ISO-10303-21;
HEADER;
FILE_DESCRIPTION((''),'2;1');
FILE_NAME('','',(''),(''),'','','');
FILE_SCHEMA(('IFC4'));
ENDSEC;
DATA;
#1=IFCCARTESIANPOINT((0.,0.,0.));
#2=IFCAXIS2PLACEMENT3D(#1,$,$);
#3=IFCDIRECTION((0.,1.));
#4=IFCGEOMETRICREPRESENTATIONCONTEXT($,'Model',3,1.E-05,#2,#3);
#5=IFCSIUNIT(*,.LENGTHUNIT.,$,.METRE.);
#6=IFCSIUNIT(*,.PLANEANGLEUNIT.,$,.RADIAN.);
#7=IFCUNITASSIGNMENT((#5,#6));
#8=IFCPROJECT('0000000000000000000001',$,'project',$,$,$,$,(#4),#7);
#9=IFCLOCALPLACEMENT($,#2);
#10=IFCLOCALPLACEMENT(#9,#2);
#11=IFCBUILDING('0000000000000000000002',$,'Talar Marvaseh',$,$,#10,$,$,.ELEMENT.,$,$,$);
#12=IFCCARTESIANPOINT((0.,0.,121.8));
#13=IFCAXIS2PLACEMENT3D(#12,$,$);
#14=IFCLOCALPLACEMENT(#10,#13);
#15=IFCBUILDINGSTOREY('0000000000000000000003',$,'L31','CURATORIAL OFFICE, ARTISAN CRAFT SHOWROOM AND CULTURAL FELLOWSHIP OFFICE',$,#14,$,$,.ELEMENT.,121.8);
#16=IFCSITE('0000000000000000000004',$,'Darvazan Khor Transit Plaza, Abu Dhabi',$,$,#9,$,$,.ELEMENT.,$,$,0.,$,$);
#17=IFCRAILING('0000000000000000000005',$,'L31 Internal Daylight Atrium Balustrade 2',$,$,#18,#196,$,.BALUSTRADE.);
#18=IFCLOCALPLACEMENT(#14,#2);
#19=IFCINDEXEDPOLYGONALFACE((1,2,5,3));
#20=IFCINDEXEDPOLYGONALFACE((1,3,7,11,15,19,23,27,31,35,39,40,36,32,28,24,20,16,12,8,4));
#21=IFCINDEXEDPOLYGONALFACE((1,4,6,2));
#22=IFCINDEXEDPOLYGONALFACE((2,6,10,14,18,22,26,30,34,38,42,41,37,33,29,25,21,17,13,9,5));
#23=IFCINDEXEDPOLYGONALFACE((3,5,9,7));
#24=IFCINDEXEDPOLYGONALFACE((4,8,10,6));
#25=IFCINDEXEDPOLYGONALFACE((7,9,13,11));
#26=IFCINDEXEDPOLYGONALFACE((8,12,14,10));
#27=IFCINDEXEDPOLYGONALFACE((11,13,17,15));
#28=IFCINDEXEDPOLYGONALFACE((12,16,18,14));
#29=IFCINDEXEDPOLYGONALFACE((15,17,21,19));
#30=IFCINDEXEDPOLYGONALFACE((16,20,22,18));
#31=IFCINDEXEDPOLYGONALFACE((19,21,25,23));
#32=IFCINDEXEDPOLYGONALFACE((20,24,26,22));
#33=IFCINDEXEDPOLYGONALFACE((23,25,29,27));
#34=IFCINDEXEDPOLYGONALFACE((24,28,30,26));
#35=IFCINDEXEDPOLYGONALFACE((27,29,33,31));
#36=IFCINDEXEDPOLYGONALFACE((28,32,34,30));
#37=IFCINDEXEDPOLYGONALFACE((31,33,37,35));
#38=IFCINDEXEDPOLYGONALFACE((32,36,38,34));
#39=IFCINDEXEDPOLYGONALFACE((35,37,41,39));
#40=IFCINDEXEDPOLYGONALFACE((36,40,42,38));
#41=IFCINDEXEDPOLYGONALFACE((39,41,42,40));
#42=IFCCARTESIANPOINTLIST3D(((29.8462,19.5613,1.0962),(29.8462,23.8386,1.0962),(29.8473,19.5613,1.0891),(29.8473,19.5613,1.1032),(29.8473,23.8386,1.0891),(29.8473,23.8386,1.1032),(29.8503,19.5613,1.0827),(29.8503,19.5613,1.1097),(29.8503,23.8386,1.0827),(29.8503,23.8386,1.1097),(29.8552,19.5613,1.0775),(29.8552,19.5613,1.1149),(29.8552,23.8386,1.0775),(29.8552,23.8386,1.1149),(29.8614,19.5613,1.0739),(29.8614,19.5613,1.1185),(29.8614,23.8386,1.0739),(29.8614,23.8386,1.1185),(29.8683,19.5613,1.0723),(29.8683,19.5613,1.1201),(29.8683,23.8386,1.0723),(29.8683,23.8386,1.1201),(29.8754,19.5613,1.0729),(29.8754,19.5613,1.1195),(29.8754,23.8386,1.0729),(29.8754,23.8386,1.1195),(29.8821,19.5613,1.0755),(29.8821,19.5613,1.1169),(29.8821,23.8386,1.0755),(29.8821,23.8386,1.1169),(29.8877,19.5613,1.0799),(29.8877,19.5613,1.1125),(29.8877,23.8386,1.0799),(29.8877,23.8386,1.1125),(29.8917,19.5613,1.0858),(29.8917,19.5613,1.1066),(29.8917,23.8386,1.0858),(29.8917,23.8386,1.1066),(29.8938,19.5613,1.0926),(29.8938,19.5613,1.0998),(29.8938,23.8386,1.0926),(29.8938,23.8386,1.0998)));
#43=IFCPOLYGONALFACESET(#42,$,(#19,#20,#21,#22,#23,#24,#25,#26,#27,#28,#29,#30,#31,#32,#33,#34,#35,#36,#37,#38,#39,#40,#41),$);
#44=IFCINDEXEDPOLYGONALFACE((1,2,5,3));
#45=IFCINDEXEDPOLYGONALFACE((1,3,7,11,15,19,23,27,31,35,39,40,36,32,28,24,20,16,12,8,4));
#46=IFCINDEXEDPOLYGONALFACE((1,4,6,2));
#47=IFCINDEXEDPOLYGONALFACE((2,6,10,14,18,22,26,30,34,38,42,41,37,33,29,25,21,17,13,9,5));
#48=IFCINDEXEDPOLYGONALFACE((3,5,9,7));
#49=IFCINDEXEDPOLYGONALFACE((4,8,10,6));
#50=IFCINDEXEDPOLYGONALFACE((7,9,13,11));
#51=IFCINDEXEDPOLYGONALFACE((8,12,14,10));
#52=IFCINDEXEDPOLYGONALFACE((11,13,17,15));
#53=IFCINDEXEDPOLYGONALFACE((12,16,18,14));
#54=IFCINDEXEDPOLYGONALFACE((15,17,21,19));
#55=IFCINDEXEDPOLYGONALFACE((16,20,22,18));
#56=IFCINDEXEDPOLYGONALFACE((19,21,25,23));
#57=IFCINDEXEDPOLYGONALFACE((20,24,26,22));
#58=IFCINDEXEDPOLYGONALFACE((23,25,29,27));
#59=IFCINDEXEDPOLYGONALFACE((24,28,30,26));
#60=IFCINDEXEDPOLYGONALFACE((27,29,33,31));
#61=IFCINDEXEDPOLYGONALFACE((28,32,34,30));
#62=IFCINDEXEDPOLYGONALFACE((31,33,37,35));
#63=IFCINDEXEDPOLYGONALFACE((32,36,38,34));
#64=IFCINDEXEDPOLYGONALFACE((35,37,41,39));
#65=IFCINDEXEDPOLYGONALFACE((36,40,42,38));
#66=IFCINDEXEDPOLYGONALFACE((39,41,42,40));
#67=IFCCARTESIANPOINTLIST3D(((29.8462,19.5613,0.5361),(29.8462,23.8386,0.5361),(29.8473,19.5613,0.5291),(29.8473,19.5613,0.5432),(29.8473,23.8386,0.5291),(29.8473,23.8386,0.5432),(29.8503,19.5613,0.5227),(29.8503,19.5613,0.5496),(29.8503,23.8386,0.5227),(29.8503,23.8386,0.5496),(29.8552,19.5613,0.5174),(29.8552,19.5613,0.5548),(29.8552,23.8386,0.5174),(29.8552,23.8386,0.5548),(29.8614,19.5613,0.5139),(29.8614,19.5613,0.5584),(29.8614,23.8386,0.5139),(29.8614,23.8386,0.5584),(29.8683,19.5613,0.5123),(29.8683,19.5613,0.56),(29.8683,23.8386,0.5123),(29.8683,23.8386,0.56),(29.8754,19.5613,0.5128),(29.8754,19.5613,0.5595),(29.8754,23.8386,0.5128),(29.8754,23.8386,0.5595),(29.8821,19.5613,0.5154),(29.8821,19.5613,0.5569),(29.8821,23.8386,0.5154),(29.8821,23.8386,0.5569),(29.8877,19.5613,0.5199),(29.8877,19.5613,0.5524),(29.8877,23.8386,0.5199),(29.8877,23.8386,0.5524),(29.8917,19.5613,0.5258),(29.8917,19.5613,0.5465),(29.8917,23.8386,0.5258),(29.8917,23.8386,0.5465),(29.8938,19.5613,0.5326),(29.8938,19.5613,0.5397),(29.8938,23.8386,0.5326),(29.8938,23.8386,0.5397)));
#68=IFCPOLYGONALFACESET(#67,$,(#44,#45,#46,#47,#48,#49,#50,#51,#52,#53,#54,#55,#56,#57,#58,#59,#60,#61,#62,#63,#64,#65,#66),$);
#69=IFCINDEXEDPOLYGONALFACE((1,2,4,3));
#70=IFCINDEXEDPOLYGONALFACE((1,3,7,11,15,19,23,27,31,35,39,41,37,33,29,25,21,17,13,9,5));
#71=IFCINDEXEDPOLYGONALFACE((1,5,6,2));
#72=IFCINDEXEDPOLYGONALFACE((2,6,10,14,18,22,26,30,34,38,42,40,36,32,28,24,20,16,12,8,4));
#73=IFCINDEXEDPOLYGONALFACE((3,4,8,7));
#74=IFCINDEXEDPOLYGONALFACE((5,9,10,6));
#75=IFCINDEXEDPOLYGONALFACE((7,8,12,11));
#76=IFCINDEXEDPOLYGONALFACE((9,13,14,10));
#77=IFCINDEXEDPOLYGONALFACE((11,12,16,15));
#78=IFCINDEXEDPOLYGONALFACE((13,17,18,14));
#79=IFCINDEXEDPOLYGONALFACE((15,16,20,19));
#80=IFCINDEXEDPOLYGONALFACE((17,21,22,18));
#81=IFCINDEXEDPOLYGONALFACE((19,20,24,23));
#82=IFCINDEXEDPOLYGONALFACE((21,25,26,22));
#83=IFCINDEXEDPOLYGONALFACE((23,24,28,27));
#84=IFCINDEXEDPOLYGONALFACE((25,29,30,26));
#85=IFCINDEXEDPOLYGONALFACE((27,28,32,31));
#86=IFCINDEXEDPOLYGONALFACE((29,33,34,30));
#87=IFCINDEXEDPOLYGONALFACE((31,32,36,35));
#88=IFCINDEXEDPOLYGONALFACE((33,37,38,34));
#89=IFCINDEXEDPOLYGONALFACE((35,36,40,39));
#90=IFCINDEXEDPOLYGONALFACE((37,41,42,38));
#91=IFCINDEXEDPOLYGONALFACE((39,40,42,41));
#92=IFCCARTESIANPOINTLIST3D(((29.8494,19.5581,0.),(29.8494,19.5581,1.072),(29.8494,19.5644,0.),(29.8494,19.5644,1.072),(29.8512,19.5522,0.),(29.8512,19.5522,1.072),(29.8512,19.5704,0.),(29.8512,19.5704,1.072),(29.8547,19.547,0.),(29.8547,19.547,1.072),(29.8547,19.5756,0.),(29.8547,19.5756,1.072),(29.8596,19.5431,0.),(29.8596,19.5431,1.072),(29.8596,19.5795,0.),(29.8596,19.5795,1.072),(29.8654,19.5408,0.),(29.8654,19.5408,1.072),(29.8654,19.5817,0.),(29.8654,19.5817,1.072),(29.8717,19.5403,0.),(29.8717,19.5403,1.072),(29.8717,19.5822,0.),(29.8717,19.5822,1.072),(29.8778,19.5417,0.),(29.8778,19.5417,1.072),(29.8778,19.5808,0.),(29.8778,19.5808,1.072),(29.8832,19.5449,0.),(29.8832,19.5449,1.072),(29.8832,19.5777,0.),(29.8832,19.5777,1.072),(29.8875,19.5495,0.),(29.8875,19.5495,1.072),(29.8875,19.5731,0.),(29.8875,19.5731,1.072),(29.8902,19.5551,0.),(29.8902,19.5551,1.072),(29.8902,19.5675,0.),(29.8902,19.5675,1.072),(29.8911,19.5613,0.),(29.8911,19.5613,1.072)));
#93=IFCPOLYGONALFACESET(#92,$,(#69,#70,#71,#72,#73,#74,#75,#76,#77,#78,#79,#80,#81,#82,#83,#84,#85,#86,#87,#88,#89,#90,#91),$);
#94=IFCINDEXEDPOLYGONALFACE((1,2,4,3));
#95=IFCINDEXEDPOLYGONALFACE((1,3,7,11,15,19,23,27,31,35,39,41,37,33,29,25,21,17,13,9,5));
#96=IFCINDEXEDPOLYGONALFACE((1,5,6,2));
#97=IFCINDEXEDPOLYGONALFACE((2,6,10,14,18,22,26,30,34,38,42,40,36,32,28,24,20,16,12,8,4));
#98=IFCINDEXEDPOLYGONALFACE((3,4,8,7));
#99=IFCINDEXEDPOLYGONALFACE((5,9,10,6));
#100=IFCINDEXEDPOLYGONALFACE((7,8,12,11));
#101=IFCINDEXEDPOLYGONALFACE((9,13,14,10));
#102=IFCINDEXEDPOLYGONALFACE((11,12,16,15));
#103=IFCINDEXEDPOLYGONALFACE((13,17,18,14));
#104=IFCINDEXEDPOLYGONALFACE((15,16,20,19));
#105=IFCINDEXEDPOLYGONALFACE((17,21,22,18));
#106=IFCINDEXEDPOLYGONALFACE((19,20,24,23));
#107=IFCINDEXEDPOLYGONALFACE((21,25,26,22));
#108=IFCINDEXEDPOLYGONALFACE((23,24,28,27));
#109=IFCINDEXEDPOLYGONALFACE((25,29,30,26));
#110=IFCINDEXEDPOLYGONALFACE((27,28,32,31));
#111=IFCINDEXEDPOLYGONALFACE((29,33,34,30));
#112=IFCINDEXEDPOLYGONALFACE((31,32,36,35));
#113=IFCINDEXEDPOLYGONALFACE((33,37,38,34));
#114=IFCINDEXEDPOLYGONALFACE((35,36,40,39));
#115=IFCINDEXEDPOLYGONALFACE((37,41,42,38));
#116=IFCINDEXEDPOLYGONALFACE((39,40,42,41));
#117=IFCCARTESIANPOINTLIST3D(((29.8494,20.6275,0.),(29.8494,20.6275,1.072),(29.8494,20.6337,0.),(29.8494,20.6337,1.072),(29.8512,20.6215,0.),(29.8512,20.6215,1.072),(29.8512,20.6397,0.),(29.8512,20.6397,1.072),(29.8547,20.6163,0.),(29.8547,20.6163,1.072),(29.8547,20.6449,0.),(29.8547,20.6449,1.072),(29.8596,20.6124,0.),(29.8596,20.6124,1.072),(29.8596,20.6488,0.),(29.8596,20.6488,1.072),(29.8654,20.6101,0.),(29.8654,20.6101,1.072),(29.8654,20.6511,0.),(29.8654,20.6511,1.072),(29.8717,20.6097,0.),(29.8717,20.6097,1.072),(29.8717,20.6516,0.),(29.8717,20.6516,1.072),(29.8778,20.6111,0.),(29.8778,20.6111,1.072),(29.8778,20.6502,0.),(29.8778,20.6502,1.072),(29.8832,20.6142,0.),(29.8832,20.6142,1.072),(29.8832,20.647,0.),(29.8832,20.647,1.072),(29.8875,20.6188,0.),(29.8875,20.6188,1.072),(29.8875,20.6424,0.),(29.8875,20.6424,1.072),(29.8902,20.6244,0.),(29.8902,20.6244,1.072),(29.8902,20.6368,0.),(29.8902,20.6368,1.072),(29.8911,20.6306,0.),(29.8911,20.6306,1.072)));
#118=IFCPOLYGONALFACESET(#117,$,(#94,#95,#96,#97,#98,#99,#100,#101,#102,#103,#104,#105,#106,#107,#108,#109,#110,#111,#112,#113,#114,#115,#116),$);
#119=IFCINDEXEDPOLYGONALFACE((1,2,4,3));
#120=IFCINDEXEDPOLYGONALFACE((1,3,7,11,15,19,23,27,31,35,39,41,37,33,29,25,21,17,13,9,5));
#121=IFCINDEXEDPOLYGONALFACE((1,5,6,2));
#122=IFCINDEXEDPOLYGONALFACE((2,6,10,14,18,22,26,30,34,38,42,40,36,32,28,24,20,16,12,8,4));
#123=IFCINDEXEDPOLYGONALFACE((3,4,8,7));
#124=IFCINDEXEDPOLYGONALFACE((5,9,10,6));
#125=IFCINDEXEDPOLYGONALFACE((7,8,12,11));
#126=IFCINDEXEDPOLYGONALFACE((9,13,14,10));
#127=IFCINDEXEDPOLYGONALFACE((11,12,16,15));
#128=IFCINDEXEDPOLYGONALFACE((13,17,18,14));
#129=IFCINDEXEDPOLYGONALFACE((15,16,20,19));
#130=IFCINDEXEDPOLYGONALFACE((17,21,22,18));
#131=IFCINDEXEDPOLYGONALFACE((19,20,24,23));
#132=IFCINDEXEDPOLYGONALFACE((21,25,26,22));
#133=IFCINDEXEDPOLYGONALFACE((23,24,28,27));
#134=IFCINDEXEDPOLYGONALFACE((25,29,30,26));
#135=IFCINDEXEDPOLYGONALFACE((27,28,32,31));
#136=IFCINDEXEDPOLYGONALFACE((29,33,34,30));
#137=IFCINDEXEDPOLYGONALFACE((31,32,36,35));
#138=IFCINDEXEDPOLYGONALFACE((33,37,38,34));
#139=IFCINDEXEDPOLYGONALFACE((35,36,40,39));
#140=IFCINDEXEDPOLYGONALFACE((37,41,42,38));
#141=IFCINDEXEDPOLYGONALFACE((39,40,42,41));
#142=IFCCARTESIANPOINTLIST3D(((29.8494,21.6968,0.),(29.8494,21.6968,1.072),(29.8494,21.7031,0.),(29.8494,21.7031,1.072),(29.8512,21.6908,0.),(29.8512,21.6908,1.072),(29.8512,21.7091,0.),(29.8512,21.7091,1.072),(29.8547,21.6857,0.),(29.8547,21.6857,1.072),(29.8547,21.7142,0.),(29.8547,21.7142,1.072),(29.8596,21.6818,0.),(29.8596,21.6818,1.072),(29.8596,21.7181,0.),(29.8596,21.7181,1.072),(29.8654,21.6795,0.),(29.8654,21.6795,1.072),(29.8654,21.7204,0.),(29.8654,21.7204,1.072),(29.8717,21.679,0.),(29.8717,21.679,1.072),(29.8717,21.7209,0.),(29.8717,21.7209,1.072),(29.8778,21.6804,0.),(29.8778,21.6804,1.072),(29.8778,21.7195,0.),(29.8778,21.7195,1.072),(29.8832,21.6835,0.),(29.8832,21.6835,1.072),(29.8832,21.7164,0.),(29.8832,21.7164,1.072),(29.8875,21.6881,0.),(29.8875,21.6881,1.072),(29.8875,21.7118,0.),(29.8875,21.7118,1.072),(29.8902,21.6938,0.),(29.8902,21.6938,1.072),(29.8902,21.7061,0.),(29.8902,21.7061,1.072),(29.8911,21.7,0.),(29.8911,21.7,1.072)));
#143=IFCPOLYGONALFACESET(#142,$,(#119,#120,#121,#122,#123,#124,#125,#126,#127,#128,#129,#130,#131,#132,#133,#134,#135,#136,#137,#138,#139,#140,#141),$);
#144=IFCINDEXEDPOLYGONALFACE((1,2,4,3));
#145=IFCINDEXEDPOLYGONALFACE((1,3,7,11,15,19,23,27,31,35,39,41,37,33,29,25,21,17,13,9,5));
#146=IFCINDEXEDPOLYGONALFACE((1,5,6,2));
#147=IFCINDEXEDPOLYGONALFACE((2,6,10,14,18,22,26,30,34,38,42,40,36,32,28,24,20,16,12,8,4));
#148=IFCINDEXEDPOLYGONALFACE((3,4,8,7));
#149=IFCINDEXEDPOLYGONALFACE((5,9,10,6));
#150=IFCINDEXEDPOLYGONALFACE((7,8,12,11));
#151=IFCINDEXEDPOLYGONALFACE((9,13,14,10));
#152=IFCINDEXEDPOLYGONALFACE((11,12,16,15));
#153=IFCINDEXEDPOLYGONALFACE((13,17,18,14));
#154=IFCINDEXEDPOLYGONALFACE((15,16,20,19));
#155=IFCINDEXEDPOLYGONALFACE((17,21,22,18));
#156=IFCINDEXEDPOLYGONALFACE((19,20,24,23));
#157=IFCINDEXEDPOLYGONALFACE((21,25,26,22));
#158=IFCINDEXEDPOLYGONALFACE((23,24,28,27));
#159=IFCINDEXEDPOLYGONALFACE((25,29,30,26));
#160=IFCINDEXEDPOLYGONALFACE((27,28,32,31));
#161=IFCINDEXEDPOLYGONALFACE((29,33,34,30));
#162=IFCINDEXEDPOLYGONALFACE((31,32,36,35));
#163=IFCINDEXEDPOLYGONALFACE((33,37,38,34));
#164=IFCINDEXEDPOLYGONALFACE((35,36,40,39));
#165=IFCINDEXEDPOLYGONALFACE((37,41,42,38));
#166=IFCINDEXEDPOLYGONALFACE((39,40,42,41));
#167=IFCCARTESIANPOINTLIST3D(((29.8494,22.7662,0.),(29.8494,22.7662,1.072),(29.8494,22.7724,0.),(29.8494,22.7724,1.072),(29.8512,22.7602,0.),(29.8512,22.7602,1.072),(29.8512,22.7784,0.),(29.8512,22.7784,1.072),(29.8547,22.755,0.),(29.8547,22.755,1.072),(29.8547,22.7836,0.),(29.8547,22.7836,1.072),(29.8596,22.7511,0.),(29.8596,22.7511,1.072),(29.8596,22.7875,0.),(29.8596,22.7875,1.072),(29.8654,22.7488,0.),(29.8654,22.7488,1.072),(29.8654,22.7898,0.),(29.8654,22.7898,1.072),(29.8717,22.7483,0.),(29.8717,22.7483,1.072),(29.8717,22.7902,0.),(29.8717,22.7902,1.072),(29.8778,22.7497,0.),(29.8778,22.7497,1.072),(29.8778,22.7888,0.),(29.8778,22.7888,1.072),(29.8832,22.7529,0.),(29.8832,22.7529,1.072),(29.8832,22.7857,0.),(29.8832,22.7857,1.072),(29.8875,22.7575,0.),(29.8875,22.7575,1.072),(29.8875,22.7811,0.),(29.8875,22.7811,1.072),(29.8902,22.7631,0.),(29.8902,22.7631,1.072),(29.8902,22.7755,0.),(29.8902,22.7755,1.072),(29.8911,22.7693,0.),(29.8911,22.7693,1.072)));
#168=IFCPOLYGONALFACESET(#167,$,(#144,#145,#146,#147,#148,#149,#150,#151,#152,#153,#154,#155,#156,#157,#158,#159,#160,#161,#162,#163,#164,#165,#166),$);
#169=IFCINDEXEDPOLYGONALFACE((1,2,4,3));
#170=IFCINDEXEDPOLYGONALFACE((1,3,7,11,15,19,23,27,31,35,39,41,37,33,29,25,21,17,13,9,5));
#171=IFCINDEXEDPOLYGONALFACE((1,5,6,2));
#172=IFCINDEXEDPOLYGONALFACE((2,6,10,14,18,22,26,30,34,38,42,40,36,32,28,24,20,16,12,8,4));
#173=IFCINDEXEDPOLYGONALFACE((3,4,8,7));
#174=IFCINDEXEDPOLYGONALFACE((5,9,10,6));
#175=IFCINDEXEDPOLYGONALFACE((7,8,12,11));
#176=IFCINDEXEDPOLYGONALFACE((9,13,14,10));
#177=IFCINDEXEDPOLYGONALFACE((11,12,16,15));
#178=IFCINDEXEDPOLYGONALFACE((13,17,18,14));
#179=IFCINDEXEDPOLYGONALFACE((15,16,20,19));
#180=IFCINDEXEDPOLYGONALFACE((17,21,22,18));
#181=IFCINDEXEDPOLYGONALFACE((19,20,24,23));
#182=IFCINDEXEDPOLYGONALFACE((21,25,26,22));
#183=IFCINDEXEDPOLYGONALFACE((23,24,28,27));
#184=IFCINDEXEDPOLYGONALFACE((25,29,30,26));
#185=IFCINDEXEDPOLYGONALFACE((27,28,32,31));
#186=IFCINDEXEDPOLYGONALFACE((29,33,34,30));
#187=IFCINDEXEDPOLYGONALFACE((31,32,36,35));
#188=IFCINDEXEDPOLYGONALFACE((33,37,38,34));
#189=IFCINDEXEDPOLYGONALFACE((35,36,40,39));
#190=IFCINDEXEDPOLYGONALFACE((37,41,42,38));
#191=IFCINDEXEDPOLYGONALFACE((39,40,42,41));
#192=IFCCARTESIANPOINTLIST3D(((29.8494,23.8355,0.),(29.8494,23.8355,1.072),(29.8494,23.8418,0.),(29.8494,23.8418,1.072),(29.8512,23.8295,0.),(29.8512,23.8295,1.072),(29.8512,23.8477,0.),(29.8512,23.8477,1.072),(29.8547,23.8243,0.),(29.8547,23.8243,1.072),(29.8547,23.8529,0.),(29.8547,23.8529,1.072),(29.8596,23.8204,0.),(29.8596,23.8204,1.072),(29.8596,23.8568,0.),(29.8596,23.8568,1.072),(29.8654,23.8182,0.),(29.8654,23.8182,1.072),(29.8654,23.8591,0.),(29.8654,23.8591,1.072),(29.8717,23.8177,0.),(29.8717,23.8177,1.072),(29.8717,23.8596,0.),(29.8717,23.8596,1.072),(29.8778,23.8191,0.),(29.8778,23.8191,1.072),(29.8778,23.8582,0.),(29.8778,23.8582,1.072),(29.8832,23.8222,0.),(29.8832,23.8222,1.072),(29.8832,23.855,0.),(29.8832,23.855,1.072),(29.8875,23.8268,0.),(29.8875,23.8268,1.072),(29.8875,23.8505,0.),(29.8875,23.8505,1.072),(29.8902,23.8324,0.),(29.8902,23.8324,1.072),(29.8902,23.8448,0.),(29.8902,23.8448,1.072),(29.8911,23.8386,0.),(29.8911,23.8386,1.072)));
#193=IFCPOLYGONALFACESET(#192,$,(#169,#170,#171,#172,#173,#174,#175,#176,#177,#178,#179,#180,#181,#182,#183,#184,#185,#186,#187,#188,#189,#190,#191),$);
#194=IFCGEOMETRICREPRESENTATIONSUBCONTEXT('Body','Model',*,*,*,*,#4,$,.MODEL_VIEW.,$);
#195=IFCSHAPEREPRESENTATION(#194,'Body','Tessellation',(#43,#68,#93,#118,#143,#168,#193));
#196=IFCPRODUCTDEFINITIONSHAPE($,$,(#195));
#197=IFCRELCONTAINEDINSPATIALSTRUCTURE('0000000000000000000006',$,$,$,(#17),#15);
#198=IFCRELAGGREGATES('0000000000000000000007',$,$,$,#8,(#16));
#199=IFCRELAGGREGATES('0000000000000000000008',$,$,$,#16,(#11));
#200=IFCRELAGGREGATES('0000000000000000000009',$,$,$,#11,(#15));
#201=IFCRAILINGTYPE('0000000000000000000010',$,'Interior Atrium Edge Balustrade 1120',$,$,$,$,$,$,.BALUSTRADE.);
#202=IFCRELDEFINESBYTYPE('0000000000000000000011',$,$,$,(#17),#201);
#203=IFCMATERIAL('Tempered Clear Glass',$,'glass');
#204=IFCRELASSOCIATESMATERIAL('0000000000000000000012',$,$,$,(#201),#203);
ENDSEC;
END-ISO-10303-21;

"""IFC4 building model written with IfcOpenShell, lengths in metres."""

from ifc_helpers import new_model, si_unit, direction, frame, origin, origin_2d, place, context, subcontext, project, spatial, circle, extrude, material, type_object, element, save


model = new_model("IFC4")

# Units and contexts
model_context = context("Model", 3, precision=1e-05, world=origin(), true_north=direction((0.0, 1.0)))
body_context = subcontext(model_context, "Body", "Model", "MODEL_VIEW")
ifc_project = project(units=[si_unit("LENGTHUNIT", "METRE"), si_unit("PLANEANGLEUNIT", "RADIAN")], contexts=[model_context])

# Site, building, storey
site_placement = place(None, origin())
site = spatial("IfcSite", under=ifc_project, at=site_placement, Name="Darvazan Khor Transit Plaza, Abu Dhabi", CompositionType="ELEMENT", RefElevation=0.0)
building_placement = place(site_placement, origin())
building = spatial("IfcBuilding", under=site, at=building_placement, Name="Talar Marvaseh", CompositionType="ELEMENT")
storey_placement = place(building_placement, frame((0.0, 0.0, 121.8)))
storey = spatial("IfcBuildingStorey", under=building, at=storey_placement, Name="L31", Description="CURATORIAL OFFICE, ARTISAN CRAFT SHOWROOM AND CULTURAL FELLOWSHIP OFFICE", CompositionType="ELEMENT", Elevation=121.8)

# Railing
ifc_material_1 = material(Name="Tempered Clear Glass", Category="glass")
railing_type_1 = type_object("IfcRailingType", Name="Interior Atrium Edge Balustrade 1120", PredefinedType="BALUSTRADE", material=ifc_material_1)
railing_1_placement = place(storey_placement, frame((29.8701, 19.5613, 0.0)))
element("IfcRailing", 1, at=railing_1_placement, inside=storey, type_object=railing_type_1, Name="L31 Internal Daylight Atrium Balustrade 2", PredefinedType="BALUSTRADE", context=body_context, shape_type="SweptSolid", body=[
    extrude(circle(Radius=0.0239, at=origin_2d()), frame((0.0, 0.0, 1.0962), z_axis=(0.0, 1.0, 0.0), x_axis=(-1.0, 0.0, 0.0)), (0.0, 0.0, 1.0), 4.2773),
    extrude(circle(Radius=0.0239, at=origin_2d()), frame((0.0, 0.0, 0.5361), z_axis=(0.0, 1.0, 0.0), x_axis=(-1.0, 0.0, 0.0)), (0.0, 0.0, 1.0), 4.2773),
    extrude(circle(Radius=0.021, at=origin_2d()), origin(), (0.0, 0.0, 1.0), 1.072),
    extrude(circle(Radius=0.021, at=origin_2d()), frame((0.0, 1.0693, 0.0)), (0.0, 0.0, 1.0), 1.072),
    extrude(circle(Radius=0.021, at=origin_2d()), frame((0.0, 2.1387, 0.0)), (0.0, 0.0, 1.0), 1.072),
    extrude(circle(Radius=0.021, at=origin_2d()), frame((0.0, 3.208, 0.0)), (0.0, 0.0, 1.0), 1.072),
    extrude(circle(Radius=0.021, at=origin_2d()), frame((0.0, 4.2773, 0.0)), (0.0, 0.0, 1.0), 1.072),
])

save(model, "model.ifc")
